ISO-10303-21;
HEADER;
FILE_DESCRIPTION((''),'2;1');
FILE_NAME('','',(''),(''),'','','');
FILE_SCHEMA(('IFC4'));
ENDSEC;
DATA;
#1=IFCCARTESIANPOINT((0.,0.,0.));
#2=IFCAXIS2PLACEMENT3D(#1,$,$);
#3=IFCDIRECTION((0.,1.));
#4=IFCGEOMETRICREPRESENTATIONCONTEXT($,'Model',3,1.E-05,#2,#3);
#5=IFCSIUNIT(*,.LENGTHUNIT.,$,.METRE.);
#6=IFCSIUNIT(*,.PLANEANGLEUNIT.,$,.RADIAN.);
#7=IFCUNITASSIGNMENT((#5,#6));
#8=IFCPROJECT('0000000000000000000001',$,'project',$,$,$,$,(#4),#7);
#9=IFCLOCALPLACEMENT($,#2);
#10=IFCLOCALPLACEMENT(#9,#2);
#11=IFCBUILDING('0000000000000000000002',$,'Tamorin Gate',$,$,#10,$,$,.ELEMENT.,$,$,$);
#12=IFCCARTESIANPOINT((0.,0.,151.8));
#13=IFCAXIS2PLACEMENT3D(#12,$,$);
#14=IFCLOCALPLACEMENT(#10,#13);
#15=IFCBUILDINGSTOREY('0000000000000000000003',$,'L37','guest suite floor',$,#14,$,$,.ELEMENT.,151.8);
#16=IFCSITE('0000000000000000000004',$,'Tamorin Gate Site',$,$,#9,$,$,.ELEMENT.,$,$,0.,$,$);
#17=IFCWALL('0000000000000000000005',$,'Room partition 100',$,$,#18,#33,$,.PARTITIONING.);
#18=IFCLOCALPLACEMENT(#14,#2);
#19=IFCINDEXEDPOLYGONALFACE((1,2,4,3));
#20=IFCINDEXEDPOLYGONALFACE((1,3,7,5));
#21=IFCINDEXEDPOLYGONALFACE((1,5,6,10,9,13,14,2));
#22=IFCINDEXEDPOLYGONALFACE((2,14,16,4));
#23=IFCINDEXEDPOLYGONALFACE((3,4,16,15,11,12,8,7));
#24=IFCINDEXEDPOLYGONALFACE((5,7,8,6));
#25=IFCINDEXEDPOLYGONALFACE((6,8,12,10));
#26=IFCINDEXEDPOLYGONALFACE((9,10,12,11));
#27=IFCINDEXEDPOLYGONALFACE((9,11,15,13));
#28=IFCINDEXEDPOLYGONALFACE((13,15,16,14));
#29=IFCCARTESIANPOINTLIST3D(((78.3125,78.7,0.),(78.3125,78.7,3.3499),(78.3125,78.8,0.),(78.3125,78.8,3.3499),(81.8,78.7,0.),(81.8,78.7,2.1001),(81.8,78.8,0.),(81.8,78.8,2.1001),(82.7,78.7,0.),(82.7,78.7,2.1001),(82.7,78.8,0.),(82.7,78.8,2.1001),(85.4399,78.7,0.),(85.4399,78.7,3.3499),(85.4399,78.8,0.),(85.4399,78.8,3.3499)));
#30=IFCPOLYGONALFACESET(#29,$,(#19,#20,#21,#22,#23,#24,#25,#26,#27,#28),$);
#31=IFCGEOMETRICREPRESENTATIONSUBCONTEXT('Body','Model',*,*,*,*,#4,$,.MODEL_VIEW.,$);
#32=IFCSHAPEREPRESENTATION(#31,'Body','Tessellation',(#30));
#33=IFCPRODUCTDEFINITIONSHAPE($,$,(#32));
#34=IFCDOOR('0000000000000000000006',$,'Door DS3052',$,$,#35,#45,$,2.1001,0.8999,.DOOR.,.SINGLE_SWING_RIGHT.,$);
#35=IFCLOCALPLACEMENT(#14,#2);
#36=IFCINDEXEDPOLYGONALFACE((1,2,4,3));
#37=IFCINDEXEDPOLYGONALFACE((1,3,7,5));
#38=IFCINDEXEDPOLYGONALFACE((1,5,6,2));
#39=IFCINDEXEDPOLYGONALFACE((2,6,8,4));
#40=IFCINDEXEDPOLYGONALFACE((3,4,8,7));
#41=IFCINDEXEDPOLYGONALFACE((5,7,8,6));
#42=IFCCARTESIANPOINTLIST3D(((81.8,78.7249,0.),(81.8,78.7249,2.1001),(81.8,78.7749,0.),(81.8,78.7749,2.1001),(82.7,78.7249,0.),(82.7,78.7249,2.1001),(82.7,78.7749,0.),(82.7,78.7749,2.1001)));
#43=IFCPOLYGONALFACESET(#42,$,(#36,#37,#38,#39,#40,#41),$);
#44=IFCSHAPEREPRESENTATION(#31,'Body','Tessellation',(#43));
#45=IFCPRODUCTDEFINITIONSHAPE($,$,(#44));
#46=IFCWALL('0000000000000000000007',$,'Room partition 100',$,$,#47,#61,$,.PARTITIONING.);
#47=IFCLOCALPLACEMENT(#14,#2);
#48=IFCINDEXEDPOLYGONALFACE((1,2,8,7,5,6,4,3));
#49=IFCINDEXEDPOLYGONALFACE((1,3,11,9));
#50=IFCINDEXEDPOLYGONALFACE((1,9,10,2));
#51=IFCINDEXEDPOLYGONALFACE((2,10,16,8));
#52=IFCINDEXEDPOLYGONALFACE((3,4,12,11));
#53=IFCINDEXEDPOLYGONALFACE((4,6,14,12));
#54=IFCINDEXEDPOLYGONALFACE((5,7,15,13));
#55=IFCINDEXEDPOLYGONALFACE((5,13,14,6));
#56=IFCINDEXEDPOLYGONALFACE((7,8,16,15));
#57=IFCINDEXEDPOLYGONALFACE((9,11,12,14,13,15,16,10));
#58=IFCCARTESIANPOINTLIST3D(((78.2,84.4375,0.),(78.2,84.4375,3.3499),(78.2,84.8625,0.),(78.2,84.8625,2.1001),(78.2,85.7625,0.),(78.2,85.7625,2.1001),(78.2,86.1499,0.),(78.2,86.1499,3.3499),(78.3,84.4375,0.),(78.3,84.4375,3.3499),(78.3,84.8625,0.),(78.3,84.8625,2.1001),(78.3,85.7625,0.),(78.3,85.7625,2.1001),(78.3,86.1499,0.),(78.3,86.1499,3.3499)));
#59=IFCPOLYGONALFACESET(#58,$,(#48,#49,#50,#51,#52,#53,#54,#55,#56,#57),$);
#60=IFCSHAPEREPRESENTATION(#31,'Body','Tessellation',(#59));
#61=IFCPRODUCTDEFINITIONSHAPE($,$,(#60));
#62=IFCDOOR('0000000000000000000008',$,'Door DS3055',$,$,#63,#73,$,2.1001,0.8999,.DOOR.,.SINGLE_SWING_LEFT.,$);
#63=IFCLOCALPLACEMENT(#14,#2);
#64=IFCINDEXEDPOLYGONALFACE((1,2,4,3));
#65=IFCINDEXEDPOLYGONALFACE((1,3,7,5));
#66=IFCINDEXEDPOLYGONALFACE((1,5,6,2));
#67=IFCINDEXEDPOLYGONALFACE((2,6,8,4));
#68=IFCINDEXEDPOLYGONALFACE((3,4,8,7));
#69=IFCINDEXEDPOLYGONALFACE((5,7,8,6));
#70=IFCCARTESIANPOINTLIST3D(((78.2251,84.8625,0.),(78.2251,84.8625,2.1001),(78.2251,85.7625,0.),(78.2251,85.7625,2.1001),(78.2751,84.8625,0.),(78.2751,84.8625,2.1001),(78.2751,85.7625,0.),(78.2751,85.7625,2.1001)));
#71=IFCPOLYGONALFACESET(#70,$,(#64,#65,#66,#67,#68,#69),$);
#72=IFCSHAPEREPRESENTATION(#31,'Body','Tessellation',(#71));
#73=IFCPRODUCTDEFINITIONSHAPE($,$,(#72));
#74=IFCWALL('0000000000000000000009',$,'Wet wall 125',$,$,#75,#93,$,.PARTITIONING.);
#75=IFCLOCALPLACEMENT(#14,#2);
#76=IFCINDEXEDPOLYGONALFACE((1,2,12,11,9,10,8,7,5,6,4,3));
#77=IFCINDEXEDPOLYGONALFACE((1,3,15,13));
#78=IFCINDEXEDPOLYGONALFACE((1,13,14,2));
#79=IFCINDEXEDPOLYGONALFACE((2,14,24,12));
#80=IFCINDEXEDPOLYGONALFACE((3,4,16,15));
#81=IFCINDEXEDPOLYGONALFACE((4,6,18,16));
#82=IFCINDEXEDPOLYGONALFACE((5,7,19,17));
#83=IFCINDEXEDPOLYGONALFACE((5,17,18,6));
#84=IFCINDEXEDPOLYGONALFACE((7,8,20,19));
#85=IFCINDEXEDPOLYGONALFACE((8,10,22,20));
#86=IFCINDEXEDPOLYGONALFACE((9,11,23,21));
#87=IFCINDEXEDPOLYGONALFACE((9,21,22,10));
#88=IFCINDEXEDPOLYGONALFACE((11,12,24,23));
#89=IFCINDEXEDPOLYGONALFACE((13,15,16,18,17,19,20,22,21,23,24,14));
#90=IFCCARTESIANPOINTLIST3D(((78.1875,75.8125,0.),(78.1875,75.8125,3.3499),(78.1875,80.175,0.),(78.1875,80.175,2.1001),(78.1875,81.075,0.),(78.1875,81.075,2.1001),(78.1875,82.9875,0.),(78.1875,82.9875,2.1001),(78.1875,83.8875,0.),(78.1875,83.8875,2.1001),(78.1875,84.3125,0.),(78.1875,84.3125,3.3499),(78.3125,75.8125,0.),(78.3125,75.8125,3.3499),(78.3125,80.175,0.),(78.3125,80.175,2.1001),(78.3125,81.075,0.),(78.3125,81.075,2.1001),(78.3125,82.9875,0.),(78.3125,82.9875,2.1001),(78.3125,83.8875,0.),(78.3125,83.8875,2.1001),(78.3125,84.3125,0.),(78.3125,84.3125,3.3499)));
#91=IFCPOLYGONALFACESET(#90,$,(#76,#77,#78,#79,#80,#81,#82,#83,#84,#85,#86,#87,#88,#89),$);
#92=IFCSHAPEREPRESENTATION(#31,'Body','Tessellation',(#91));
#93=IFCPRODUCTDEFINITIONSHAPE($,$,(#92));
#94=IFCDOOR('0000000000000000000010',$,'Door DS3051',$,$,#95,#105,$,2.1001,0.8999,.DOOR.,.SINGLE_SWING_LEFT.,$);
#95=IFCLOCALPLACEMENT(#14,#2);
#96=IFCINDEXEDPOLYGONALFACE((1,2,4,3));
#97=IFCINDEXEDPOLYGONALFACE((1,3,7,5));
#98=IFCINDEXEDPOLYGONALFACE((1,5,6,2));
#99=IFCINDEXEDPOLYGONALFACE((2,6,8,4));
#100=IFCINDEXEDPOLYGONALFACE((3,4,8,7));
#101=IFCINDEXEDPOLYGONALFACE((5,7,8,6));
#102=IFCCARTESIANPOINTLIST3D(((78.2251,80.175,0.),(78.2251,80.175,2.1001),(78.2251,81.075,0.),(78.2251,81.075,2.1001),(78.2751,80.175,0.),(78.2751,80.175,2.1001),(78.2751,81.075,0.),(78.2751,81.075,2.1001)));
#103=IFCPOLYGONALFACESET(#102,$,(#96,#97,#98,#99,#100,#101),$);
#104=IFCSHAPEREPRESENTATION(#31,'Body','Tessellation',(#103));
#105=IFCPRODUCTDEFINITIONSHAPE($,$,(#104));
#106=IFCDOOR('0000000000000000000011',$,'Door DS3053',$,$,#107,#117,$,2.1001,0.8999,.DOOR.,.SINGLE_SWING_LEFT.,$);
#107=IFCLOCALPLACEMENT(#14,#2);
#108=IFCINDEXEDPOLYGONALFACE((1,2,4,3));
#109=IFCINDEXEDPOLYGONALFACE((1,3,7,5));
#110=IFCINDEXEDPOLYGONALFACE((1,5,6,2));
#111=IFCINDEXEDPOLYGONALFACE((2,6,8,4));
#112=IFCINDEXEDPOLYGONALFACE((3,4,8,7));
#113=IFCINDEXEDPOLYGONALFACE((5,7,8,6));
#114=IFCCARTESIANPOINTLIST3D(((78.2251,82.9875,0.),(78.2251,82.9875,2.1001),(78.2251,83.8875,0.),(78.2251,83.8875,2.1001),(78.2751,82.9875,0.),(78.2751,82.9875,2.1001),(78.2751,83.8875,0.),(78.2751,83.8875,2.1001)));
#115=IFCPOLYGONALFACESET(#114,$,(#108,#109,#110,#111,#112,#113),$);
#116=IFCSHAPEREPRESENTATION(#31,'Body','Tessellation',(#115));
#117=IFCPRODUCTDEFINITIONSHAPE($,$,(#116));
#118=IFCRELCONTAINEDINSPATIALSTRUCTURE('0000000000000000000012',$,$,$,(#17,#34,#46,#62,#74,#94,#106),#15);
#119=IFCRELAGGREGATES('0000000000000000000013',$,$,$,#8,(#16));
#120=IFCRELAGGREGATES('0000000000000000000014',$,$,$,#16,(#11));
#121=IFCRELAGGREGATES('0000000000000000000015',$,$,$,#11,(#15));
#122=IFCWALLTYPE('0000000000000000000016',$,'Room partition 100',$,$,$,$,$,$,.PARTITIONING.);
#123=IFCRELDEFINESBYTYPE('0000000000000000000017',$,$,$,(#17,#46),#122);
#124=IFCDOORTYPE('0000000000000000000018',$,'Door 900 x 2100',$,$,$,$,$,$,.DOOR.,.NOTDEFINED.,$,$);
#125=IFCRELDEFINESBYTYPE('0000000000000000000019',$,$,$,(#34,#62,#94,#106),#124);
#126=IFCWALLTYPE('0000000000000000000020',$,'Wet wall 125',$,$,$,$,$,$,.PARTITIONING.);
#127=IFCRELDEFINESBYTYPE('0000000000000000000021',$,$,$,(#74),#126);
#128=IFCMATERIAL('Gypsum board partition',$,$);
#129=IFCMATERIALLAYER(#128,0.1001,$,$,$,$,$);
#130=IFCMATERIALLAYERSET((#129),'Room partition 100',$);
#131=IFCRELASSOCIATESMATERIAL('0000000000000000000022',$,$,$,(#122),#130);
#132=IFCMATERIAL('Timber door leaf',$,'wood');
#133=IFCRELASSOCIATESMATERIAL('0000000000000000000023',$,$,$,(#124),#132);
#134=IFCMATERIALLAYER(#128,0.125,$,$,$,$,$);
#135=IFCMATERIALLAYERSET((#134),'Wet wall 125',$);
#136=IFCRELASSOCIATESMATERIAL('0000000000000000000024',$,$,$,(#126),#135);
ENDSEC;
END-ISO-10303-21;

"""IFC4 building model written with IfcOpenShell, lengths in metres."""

from ifc_helpers import new_model, si_unit, direction, frame, frame_2d, origin, place, context, subcontext, project, spatial, rectangle, extrude, material, layer, layer_set, type_object, element, fill, save


model = new_model("IFC4")

# Units and contexts
model_context = context("Model", 3, precision=1e-05, world=origin(), true_north=direction((0.0, 1.0)))
body_context = subcontext(model_context, "Body", "Model", "MODEL_VIEW")
ifc_project = project(units=[si_unit("LENGTHUNIT", "METRE"), si_unit("PLANEANGLEUNIT", "RADIAN")], contexts=[model_context])

# Site, building, storey
site_placement = place(None, origin())
site = spatial("IfcSite", under=ifc_project, at=site_placement, Name="Tamorin Gate Site", CompositionType="ELEMENT", RefElevation=0.0)
building_placement = place(site_placement, origin())
building = spatial("IfcBuilding", under=site, at=building_placement, Name="Tamorin Gate", CompositionType="ELEMENT")
storey_placement = place(building_placement, frame((0.0, 0.0, 151.8)))
storey = spatial("IfcBuildingStorey", under=building, at=storey_placement, Name="L37", Description="guest suite floor", CompositionType="ELEMENT", Elevation=151.8)

# Walls, openings, doors
ifc_material_1 = material(Name="Gypsum board partition")
ifc_layer_1 = layer(ifc_material_1, 0.1001)
ifc_layer_set_1 = layer_set([ifc_layer_1], Name="Room partition 100")
wall_type_1 = type_object("IfcWallType", Name="Room partition 100", PredefinedType="PARTITIONING", material=ifc_layer_set_1)
wall_1_placement = place(storey_placement, frame((78.3125, 78.75, 0.0), z_axis=(0.0, 0.0, 1.0), x_axis=(1.0, 0.0, 0.0)))
wall_1 = element("IfcWall", 1, at=wall_1_placement, inside=storey, type_object=wall_type_1, Name="Room partition 100", PredefinedType="PARTITIONING", context=body_context, shape_type="SweptSolid", body=[
    extrude(rectangle(XDim=7.1274, YDim=0.1001, at=frame_2d((3.5637, 0.0))), origin(), (0.0, 0.0, 1.0), 3.3499),
])
opening_1_placement = place(wall_1_placement, frame((3.4875, 0.0, 0.0)))
opening_1 = element("IfcOpeningElement", 2, at=opening_1_placement, cuts=wall_1, PredefinedType="OPENING", context=body_context, shape_type="SweptSolid", body=[
    extrude(rectangle(XDim=0.8999, YDim=2.1001, at=frame_2d((0.45, 1.05))), frame((0.0, 0.0601, 0.0), z_axis=(0.0, -1.0, 0.0), x_axis=(1.0, 0.0, 0.0)), (0.0, 0.0, 1.0), 0.1201),
])
ifc_material_2 = material(Name="Timber door leaf", Category="wood")
door_type = type_object("IfcDoorType", Name="Door 900 x 2100", OperationType="NOTDEFINED", PredefinedType="DOOR", material=ifc_material_2)
door_1_placement = place(opening_1_placement, origin())
door_1 = element("IfcDoor", 3, at=door_1_placement, inside=storey, type_object=door_type, Name="Door DS3052", OperationType="SINGLE_SWING_RIGHT", OverallHeight=2.1001, OverallWidth=0.8999, PredefinedType="DOOR", context=body_context, shape_type="SweptSolid", body=[
    extrude(rectangle(XDim=0.8999, YDim=2.1001, at=frame_2d((0.45, 1.05))), frame((0.0, 0.0249, 0.0), z_axis=(0.0, -1.0, 0.0), x_axis=(1.0, 0.0, 0.0)), (0.0, 0.0, 1.0), 0.05),
])
fill(opening_1, door_1)
wall_2_placement = place(storey_placement, frame((78.25, 84.4375, 0.0), z_axis=(0.0, 0.0, 1.0), x_axis=(0.0, 1.0, 0.0)))
wall_2 = element("IfcWall", 4, at=wall_2_placement, inside=storey, type_object=wall_type_1, Name="Room partition 100", PredefinedType="PARTITIONING", context=body_context, shape_type="SweptSolid", body=[
    extrude(rectangle(XDim=1.7124, YDim=0.1001, at=frame_2d((0.8562, 0.0))), origin(), (0.0, 0.0, 1.0), 3.3499),
])
opening_2_placement = place(wall_2_placement, frame((0.425, 0.0, 0.0)))
opening_2 = element("IfcOpeningElement", 5, at=opening_2_placement, cuts=wall_2, PredefinedType="OPENING", context=body_context, shape_type="SweptSolid", body=[
    extrude(rectangle(XDim=0.8999, YDim=2.1001, at=frame_2d((0.45, 1.05))), frame((0.0, 0.0601, 0.0), z_axis=(0.0, -1.0, 0.0), x_axis=(1.0, 0.0, 0.0)), (0.0, 0.0, 1.0), 0.1201),
])
door_2_placement = place(opening_2_placement, origin())
door_2 = element("IfcDoor", 6, at=door_2_placement, inside=storey, type_object=door_type, Name="Door DS3055", OperationType="SINGLE_SWING_LEFT", OverallHeight=2.1001, OverallWidth=0.8999, PredefinedType="DOOR", context=body_context, shape_type="SweptSolid", body=[
    extrude(rectangle(XDim=0.8999, YDim=2.1001, at=frame_2d((0.45, 1.05))), frame((0.0, 0.0249, 0.0), z_axis=(0.0, -1.0, 0.0), x_axis=(1.0, 0.0, 0.0)), (0.0, 0.0, 1.0), 0.05),
])
fill(opening_2, door_2)

# Wall, openings, doors
ifc_layer_2 = layer(ifc_material_1, 0.125)
ifc_layer_set_2 = layer_set([ifc_layer_2], Name="Wet wall 125")
wall_type_2 = type_object("IfcWallType", Name="Wet wall 125", PredefinedType="PARTITIONING", material=ifc_layer_set_2)
wall_3_placement = place(storey_placement, frame((78.25, 75.8125, 0.0), z_axis=(0.0, 0.0, 1.0), x_axis=(0.0, 1.0, 0.0)))
wall_3 = element("IfcWall", 7, at=wall_3_placement, inside=storey, type_object=wall_type_2, Name="Wet wall 125", PredefinedType="PARTITIONING", context=body_context, shape_type="SweptSolid", body=[
    extrude(rectangle(XDim=8.5, YDim=0.125, at=frame_2d((4.25, 0.0))), origin(), (0.0, 0.0, 1.0), 3.3499),
])
opening_3_placement = place(wall_3_placement, frame((4.3625, 0.0, 0.0)))
opening_3 = element("IfcOpeningElement", 8, at=opening_3_placement, cuts=wall_3, PredefinedType="OPENING", context=body_context, shape_type="SweptSolid", body=[
    extrude(rectangle(XDim=0.8999, YDim=2.1001, at=frame_2d((0.45, 1.05))), frame((0.0, 0.0725, 0.0), z_axis=(0.0, -1.0, 0.0), x_axis=(1.0, 0.0, 0.0)), (0.0, 0.0, 1.0), 0.145),
])
opening_4_placement = place(wall_3_placement, frame((7.175, 0.0, 0.0)))
opening_4 = element("IfcOpeningElement", 9, at=opening_4_placement, cuts=wall_3, PredefinedType="OPENING", context=body_context, shape_type="SweptSolid", body=[
    extrude(rectangle(XDim=0.8999, YDim=2.1001, at=frame_2d((0.45, 1.05))), frame((0.0, 0.0725, 0.0), z_axis=(0.0, -1.0, 0.0), x_axis=(1.0, 0.0, 0.0)), (0.0, 0.0, 1.0), 0.145),
])
door_3_placement = place(opening_3_placement, origin())
door_3 = element("IfcDoor", 10, at=door_3_placement, inside=storey, type_object=door_type, Name="Door DS3051", OperationType="SINGLE_SWING_LEFT", OverallHeight=2.1001, OverallWidth=0.8999, PredefinedType="DOOR", context=body_context, shape_type="SweptSolid", body=[
    extrude(rectangle(XDim=0.8999, YDim=2.1001, at=frame_2d((0.45, 1.05))), frame((0.0, 0.0249, 0.0), z_axis=(0.0, -1.0, 0.0), x_axis=(1.0, 0.0, 0.0)), (0.0, 0.0, 1.0), 0.05),
])
fill(opening_3, door_3)
door_4_placement = place(opening_4_placement, origin())
door_4 = element("IfcDoor", 11, at=door_4_placement, inside=storey, type_object=door_type, Name="Door DS3053", OperationType="SINGLE_SWING_LEFT", OverallHeight=2.1001, OverallWidth=0.8999, PredefinedType="DOOR", context=body_context, shape_type="SweptSolid", body=[
    extrude(rectangle(XDim=0.8999, YDim=2.1001, at=frame_2d((0.45, 1.05))), frame((0.0, 0.0249, 0.0), z_axis=(0.0, -1.0, 0.0), x_axis=(1.0, 0.0, 0.0)), (0.0, 0.0, 1.0), 0.05),
])
fill(opening_4, door_4)

save(model, "model.ifc")
